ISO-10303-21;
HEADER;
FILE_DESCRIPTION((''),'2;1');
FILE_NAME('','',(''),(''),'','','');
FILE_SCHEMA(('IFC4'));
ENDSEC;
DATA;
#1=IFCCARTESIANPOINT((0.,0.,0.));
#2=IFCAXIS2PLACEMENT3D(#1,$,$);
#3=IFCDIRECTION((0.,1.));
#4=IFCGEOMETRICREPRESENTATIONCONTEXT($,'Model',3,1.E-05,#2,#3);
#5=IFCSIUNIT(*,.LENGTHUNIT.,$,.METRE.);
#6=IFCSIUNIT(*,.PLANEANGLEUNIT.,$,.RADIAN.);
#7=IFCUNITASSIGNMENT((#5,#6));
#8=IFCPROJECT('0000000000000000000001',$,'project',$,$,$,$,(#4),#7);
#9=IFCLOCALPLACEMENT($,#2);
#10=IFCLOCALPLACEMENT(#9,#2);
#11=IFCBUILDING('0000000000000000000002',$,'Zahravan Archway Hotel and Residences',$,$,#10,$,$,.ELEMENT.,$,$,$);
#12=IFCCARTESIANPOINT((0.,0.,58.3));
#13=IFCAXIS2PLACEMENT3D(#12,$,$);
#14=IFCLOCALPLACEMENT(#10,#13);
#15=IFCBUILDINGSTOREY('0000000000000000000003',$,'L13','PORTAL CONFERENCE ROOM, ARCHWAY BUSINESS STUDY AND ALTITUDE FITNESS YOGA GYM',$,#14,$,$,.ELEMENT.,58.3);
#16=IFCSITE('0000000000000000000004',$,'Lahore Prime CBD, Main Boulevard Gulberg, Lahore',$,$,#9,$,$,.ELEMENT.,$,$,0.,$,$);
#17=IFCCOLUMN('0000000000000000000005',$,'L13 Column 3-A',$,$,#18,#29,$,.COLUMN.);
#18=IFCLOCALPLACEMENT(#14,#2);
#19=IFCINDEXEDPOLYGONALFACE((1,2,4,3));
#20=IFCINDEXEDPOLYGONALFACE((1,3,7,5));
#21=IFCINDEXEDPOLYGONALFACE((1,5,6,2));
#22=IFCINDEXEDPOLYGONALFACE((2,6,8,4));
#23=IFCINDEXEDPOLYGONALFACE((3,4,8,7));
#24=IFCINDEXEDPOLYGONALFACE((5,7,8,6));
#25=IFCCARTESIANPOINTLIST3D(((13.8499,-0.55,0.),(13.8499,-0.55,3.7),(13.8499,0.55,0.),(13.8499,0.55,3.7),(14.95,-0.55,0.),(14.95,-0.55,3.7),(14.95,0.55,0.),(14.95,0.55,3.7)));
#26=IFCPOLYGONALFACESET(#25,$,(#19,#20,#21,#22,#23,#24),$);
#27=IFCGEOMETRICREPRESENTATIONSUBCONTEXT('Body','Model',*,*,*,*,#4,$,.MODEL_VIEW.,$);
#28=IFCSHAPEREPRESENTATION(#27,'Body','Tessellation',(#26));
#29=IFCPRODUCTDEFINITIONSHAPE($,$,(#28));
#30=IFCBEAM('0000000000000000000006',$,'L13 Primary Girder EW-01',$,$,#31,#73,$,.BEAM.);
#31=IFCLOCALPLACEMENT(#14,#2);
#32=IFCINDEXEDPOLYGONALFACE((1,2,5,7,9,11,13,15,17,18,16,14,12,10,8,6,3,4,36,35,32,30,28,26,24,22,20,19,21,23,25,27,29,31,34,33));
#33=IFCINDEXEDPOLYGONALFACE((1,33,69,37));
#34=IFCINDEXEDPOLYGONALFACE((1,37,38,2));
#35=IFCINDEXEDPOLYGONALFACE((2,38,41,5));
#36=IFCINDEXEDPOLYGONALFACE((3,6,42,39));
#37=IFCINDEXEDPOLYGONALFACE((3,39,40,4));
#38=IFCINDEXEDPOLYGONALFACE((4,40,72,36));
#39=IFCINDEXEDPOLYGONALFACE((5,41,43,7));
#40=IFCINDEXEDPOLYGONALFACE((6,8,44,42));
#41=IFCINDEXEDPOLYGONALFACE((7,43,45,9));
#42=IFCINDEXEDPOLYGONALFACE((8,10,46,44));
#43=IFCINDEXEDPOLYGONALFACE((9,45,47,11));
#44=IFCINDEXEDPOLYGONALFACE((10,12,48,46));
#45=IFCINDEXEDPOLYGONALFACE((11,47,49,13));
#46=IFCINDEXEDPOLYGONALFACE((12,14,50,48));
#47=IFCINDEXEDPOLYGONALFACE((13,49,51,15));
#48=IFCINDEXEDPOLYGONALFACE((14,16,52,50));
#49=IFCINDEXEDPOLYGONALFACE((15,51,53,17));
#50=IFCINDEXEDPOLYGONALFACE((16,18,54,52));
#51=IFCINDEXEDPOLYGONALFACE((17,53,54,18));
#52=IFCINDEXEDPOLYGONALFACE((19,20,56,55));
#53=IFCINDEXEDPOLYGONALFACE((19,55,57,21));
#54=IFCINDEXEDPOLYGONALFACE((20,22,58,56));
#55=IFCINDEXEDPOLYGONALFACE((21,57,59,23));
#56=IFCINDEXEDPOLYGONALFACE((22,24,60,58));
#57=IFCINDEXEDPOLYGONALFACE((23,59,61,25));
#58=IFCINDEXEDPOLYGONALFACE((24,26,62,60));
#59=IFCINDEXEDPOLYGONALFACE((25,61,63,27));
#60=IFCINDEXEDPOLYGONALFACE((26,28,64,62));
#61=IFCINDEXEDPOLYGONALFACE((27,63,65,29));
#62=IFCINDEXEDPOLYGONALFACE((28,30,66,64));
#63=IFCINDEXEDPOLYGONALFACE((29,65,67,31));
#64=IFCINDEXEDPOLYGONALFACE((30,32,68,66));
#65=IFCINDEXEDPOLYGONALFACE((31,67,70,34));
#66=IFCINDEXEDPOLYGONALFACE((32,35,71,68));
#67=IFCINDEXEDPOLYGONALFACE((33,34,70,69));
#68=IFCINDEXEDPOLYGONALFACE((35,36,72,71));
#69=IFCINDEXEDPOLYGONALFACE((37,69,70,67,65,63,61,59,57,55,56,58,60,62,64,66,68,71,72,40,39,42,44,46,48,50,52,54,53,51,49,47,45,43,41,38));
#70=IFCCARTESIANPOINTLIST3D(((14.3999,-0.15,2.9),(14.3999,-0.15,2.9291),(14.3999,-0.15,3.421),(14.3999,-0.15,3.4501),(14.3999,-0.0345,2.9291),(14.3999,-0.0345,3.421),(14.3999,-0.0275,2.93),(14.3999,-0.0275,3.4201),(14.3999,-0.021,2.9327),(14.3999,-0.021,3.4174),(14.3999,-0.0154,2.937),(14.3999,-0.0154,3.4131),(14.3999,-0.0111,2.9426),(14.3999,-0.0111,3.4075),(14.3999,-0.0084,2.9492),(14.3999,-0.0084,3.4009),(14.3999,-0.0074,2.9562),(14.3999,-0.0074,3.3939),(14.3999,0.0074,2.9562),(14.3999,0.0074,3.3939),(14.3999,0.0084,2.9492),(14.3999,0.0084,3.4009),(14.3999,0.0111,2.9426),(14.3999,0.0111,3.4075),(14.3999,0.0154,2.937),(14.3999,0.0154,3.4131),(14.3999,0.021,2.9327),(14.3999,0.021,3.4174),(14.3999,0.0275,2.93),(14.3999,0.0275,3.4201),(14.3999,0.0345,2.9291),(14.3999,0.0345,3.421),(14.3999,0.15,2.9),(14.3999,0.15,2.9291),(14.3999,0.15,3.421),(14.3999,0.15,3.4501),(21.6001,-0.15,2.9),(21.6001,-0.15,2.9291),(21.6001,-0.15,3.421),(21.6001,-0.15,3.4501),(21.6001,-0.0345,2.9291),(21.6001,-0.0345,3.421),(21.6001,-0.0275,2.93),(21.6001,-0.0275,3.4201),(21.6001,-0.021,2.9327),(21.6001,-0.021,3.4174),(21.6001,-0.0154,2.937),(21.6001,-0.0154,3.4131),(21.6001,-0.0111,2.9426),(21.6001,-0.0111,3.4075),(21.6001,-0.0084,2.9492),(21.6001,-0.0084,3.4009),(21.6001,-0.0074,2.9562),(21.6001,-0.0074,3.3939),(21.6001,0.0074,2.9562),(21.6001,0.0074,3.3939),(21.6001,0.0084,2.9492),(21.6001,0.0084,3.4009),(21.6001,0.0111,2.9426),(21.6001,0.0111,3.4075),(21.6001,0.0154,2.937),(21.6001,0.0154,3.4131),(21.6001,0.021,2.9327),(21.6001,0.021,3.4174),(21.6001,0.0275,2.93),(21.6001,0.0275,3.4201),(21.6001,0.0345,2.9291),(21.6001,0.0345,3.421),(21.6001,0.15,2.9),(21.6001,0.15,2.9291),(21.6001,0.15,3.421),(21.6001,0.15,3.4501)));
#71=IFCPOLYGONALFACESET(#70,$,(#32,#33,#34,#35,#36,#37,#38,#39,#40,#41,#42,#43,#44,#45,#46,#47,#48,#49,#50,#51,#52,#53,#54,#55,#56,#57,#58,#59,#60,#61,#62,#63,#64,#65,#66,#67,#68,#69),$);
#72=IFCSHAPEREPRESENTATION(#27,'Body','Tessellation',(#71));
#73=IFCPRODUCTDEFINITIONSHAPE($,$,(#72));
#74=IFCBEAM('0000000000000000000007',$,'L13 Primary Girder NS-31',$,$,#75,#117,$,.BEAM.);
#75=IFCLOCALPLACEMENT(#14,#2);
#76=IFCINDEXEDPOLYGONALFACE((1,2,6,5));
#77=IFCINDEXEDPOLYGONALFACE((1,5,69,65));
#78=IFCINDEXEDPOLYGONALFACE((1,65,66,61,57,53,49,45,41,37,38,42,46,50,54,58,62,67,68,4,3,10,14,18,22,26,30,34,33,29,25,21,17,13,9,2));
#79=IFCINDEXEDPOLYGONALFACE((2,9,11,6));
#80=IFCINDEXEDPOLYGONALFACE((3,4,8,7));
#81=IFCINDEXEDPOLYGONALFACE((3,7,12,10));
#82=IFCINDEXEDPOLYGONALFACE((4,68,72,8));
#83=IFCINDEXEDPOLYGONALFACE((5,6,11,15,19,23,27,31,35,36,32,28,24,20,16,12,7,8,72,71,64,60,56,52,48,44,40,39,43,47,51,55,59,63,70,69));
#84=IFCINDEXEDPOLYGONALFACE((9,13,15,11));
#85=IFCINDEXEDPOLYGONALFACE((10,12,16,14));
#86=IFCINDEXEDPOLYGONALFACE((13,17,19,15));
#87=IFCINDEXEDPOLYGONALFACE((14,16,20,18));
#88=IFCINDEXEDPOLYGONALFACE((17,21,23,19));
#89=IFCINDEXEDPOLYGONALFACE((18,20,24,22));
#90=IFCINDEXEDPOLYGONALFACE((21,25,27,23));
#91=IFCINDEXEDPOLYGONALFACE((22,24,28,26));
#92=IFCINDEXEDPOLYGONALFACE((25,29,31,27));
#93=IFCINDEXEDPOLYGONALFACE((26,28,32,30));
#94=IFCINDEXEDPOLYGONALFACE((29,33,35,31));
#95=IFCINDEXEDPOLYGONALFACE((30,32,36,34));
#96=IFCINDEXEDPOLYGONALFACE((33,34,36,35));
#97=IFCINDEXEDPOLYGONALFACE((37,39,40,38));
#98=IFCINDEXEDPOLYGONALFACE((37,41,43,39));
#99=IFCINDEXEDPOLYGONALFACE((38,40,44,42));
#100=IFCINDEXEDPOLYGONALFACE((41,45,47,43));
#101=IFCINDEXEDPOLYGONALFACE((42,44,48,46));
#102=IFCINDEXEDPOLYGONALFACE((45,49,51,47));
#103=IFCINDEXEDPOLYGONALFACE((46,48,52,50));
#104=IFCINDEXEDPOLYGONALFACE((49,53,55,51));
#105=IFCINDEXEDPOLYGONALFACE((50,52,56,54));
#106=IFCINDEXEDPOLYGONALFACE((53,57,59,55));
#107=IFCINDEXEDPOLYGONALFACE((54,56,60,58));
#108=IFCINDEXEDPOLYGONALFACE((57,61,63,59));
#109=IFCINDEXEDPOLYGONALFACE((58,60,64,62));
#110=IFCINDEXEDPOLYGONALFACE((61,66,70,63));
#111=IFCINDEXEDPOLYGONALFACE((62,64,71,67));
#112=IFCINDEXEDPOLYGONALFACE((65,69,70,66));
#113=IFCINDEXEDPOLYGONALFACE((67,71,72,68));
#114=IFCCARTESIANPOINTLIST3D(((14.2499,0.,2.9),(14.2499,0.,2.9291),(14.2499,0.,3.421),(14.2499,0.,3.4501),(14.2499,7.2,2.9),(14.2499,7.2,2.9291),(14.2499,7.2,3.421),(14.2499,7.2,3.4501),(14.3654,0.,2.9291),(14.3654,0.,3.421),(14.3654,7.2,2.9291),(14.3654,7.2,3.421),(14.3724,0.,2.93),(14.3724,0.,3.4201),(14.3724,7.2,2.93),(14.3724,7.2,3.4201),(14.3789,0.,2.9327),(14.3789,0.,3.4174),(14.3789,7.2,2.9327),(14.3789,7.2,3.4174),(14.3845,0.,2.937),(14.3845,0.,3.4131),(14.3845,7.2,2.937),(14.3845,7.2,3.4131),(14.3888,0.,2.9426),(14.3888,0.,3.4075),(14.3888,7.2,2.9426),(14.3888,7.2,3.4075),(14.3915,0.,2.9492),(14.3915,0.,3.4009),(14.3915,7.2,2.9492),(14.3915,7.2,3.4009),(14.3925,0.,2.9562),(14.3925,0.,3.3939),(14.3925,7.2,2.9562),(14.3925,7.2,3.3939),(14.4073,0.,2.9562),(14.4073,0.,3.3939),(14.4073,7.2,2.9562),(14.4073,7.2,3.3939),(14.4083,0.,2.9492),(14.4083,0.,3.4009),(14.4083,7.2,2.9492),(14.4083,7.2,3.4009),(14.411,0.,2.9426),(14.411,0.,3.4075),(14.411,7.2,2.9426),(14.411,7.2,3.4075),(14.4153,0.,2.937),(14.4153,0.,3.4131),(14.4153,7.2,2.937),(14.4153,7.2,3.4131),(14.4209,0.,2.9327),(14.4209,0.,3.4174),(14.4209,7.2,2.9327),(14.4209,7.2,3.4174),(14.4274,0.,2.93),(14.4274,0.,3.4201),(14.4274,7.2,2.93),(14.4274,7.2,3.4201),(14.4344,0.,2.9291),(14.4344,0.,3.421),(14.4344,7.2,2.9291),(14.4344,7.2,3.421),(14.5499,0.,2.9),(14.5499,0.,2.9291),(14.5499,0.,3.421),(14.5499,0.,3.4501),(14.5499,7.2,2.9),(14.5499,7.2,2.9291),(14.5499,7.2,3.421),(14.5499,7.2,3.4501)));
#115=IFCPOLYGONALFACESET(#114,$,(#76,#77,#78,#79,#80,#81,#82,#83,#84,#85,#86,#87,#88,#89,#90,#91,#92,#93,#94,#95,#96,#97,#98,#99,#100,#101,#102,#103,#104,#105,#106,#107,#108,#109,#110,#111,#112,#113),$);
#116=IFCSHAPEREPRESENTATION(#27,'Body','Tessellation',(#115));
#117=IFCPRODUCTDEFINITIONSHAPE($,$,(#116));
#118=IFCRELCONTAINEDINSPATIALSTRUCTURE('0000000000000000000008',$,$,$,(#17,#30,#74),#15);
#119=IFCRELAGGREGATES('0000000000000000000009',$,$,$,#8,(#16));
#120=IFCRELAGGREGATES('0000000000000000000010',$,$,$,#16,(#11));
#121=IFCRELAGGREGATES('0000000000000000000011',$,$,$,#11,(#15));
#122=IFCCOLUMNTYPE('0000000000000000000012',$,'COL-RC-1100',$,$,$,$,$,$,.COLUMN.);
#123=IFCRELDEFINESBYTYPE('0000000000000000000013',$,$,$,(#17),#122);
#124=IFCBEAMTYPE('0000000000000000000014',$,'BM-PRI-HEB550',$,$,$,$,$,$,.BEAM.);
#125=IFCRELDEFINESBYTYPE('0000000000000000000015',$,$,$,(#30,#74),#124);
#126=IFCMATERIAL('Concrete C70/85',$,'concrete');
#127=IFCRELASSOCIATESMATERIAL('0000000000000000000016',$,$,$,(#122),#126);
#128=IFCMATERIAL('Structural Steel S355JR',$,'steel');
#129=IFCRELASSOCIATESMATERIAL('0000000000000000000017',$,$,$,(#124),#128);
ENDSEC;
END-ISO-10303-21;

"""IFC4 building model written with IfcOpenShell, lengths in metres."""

from ifc_helpers import new_model, si_unit, direction, frame, origin, origin_2d, place, context, subcontext, project, spatial, rectangle, i_section, extrude, source, transform, mapped, material, material_profile, profile_set, type_object, type_shapes, element, save


model = new_model("IFC4")

# Units and contexts
model_context = context("Model", 3, precision=1e-05, world=origin(), true_north=direction((0.0, 1.0)))
body_context = subcontext(model_context, "Body", "Model", "MODEL_VIEW")
ifc_project = project(units=[si_unit("LENGTHUNIT", "METRE"), si_unit("PLANEANGLEUNIT", "RADIAN")], contexts=[model_context])

# Site, building, storey
site_placement = place(None, origin())
site = spatial("IfcSite", under=ifc_project, at=site_placement, Name="Lahore Prime CBD, Main Boulevard Gulberg, Lahore", CompositionType="ELEMENT", RefElevation=0.0)
building_placement = place(site_placement, origin())
building = spatial("IfcBuilding", under=site, at=building_placement, Name="Zahravan Archway Hotel and Residences", CompositionType="ELEMENT")
storey_placement = place(building_placement, frame((0.0, 0.0, 58.3)))
storey = spatial("IfcBuildingStorey", under=building, at=storey_placement, Name="L13", Description="PORTAL CONFERENCE ROOM, ARCHWAY BUSINESS STUDY AND ALTITUDE FITNESS YOGA GYM", CompositionType="ELEMENT", Elevation=58.3)

# Column
ifc_material_1 = material(Name="Concrete C70/85", Category="concrete")
ifc_material_profile_1 = material_profile(ifc_material_1, rectangle(XDim=1.1001, YDim=1.1001, at=origin_2d()), Name="RC 1100x1100", Category="concrete")
ifc_profile_set_1 = profile_set([ifc_material_profile_1], Name="Concrete C70/85")
column_type = type_object("IfcColumnType", Name="COL-RC-1100", PredefinedType="COLUMN", material=ifc_profile_set_1)
shared_shape_1 = source(origin(), body_context, "Body", "SweptSolid", [
    extrude(rectangle(XDim=1.1001, YDim=1.1001, at=origin_2d()), origin(), (0.0, 0.0, 1.0), 3.7),
])
column_placement = place(storey_placement, frame((14.3999, 0.0, 0.0), z_axis=(0.0, 0.0, 1.0), x_axis=(1.0, 0.0, 0.0)))
element("IfcColumn", 1, at=column_placement, inside=storey, type_object=column_type, Name="L13 Column 3-A", PredefinedType="COLUMN", context=body_context, shape_type="MappedRepresentation", body=[
    mapped(shared_shape_1, transform((0.0, 0.0, 0.0), scale=1.0)),
])

# Beams
ifc_material_2 = material(Name="Structural Steel S355JR", Category="steel")
ifc_material_profile_2 = material_profile(ifc_material_2, i_section(OverallWidth=0.3, OverallDepth=0.55, WebThickness=0.0149, FlangeThickness=0.0291, FilletRadius=0.0271, at=origin_2d()), Name="HEB 550", Category="steel")
ifc_profile_set_2 = profile_set([ifc_material_profile_2], Name="Structural Steel S355JR")
beam_type = type_object("IfcBeamType", Name="BM-PRI-HEB550", PredefinedType="BEAM", material=ifc_profile_set_2)
shared_shape_2 = source(origin(), body_context, "Body", "SweptSolid", [
    extrude(i_section(OverallWidth=0.3, OverallDepth=0.55, WebThickness=0.0149, FlangeThickness=0.0291, FilletRadius=0.0271, at=origin_2d()), origin(), (0.0, 0.0, 1.0), 7.2002),
])
type_shapes(beam_type, [shared_shape_2])
beam_1_placement = place(storey_placement, frame((14.3999, 0.0, 3.175), z_axis=(1.0, 0.0, 0.0), x_axis=(0.0, 1.0, 0.0)))
element("IfcBeam", 2, at=beam_1_placement, inside=storey, type_object=beam_type, Name="L13 Primary Girder EW-01", PredefinedType="BEAM", context=body_context, shape_type="MappedRepresentation", body=[
    mapped(shared_shape_2, transform((0.0, 0.0, 0.0), scale=1.0)),
])
shared_shape_3 = source(origin(), body_context, "Body", "SweptSolid", [
    extrude(i_section(OverallWidth=0.3, OverallDepth=0.55, WebThickness=0.0149, FlangeThickness=0.0291, FilletRadius=0.0271, at=origin_2d()), origin(), (0.0, 0.0, 1.0), 7.2),
])
beam_2_placement = place(storey_placement, frame((14.3999, 0.0, 3.175), z_axis=(0.0, 1.0, 0.0), x_axis=(-1.0, 0.0, 0.0)))
element("IfcBeam", 3, at=beam_2_placement, inside=storey, type_object=beam_type, Name="L13 Primary Girder NS-31", PredefinedType="BEAM", context=body_context, shape_type="MappedRepresentation", body=[
    mapped(shared_shape_3, transform((0.0, 0.0, 0.0), scale=1.0)),
])

save(model, "model.ifc")
